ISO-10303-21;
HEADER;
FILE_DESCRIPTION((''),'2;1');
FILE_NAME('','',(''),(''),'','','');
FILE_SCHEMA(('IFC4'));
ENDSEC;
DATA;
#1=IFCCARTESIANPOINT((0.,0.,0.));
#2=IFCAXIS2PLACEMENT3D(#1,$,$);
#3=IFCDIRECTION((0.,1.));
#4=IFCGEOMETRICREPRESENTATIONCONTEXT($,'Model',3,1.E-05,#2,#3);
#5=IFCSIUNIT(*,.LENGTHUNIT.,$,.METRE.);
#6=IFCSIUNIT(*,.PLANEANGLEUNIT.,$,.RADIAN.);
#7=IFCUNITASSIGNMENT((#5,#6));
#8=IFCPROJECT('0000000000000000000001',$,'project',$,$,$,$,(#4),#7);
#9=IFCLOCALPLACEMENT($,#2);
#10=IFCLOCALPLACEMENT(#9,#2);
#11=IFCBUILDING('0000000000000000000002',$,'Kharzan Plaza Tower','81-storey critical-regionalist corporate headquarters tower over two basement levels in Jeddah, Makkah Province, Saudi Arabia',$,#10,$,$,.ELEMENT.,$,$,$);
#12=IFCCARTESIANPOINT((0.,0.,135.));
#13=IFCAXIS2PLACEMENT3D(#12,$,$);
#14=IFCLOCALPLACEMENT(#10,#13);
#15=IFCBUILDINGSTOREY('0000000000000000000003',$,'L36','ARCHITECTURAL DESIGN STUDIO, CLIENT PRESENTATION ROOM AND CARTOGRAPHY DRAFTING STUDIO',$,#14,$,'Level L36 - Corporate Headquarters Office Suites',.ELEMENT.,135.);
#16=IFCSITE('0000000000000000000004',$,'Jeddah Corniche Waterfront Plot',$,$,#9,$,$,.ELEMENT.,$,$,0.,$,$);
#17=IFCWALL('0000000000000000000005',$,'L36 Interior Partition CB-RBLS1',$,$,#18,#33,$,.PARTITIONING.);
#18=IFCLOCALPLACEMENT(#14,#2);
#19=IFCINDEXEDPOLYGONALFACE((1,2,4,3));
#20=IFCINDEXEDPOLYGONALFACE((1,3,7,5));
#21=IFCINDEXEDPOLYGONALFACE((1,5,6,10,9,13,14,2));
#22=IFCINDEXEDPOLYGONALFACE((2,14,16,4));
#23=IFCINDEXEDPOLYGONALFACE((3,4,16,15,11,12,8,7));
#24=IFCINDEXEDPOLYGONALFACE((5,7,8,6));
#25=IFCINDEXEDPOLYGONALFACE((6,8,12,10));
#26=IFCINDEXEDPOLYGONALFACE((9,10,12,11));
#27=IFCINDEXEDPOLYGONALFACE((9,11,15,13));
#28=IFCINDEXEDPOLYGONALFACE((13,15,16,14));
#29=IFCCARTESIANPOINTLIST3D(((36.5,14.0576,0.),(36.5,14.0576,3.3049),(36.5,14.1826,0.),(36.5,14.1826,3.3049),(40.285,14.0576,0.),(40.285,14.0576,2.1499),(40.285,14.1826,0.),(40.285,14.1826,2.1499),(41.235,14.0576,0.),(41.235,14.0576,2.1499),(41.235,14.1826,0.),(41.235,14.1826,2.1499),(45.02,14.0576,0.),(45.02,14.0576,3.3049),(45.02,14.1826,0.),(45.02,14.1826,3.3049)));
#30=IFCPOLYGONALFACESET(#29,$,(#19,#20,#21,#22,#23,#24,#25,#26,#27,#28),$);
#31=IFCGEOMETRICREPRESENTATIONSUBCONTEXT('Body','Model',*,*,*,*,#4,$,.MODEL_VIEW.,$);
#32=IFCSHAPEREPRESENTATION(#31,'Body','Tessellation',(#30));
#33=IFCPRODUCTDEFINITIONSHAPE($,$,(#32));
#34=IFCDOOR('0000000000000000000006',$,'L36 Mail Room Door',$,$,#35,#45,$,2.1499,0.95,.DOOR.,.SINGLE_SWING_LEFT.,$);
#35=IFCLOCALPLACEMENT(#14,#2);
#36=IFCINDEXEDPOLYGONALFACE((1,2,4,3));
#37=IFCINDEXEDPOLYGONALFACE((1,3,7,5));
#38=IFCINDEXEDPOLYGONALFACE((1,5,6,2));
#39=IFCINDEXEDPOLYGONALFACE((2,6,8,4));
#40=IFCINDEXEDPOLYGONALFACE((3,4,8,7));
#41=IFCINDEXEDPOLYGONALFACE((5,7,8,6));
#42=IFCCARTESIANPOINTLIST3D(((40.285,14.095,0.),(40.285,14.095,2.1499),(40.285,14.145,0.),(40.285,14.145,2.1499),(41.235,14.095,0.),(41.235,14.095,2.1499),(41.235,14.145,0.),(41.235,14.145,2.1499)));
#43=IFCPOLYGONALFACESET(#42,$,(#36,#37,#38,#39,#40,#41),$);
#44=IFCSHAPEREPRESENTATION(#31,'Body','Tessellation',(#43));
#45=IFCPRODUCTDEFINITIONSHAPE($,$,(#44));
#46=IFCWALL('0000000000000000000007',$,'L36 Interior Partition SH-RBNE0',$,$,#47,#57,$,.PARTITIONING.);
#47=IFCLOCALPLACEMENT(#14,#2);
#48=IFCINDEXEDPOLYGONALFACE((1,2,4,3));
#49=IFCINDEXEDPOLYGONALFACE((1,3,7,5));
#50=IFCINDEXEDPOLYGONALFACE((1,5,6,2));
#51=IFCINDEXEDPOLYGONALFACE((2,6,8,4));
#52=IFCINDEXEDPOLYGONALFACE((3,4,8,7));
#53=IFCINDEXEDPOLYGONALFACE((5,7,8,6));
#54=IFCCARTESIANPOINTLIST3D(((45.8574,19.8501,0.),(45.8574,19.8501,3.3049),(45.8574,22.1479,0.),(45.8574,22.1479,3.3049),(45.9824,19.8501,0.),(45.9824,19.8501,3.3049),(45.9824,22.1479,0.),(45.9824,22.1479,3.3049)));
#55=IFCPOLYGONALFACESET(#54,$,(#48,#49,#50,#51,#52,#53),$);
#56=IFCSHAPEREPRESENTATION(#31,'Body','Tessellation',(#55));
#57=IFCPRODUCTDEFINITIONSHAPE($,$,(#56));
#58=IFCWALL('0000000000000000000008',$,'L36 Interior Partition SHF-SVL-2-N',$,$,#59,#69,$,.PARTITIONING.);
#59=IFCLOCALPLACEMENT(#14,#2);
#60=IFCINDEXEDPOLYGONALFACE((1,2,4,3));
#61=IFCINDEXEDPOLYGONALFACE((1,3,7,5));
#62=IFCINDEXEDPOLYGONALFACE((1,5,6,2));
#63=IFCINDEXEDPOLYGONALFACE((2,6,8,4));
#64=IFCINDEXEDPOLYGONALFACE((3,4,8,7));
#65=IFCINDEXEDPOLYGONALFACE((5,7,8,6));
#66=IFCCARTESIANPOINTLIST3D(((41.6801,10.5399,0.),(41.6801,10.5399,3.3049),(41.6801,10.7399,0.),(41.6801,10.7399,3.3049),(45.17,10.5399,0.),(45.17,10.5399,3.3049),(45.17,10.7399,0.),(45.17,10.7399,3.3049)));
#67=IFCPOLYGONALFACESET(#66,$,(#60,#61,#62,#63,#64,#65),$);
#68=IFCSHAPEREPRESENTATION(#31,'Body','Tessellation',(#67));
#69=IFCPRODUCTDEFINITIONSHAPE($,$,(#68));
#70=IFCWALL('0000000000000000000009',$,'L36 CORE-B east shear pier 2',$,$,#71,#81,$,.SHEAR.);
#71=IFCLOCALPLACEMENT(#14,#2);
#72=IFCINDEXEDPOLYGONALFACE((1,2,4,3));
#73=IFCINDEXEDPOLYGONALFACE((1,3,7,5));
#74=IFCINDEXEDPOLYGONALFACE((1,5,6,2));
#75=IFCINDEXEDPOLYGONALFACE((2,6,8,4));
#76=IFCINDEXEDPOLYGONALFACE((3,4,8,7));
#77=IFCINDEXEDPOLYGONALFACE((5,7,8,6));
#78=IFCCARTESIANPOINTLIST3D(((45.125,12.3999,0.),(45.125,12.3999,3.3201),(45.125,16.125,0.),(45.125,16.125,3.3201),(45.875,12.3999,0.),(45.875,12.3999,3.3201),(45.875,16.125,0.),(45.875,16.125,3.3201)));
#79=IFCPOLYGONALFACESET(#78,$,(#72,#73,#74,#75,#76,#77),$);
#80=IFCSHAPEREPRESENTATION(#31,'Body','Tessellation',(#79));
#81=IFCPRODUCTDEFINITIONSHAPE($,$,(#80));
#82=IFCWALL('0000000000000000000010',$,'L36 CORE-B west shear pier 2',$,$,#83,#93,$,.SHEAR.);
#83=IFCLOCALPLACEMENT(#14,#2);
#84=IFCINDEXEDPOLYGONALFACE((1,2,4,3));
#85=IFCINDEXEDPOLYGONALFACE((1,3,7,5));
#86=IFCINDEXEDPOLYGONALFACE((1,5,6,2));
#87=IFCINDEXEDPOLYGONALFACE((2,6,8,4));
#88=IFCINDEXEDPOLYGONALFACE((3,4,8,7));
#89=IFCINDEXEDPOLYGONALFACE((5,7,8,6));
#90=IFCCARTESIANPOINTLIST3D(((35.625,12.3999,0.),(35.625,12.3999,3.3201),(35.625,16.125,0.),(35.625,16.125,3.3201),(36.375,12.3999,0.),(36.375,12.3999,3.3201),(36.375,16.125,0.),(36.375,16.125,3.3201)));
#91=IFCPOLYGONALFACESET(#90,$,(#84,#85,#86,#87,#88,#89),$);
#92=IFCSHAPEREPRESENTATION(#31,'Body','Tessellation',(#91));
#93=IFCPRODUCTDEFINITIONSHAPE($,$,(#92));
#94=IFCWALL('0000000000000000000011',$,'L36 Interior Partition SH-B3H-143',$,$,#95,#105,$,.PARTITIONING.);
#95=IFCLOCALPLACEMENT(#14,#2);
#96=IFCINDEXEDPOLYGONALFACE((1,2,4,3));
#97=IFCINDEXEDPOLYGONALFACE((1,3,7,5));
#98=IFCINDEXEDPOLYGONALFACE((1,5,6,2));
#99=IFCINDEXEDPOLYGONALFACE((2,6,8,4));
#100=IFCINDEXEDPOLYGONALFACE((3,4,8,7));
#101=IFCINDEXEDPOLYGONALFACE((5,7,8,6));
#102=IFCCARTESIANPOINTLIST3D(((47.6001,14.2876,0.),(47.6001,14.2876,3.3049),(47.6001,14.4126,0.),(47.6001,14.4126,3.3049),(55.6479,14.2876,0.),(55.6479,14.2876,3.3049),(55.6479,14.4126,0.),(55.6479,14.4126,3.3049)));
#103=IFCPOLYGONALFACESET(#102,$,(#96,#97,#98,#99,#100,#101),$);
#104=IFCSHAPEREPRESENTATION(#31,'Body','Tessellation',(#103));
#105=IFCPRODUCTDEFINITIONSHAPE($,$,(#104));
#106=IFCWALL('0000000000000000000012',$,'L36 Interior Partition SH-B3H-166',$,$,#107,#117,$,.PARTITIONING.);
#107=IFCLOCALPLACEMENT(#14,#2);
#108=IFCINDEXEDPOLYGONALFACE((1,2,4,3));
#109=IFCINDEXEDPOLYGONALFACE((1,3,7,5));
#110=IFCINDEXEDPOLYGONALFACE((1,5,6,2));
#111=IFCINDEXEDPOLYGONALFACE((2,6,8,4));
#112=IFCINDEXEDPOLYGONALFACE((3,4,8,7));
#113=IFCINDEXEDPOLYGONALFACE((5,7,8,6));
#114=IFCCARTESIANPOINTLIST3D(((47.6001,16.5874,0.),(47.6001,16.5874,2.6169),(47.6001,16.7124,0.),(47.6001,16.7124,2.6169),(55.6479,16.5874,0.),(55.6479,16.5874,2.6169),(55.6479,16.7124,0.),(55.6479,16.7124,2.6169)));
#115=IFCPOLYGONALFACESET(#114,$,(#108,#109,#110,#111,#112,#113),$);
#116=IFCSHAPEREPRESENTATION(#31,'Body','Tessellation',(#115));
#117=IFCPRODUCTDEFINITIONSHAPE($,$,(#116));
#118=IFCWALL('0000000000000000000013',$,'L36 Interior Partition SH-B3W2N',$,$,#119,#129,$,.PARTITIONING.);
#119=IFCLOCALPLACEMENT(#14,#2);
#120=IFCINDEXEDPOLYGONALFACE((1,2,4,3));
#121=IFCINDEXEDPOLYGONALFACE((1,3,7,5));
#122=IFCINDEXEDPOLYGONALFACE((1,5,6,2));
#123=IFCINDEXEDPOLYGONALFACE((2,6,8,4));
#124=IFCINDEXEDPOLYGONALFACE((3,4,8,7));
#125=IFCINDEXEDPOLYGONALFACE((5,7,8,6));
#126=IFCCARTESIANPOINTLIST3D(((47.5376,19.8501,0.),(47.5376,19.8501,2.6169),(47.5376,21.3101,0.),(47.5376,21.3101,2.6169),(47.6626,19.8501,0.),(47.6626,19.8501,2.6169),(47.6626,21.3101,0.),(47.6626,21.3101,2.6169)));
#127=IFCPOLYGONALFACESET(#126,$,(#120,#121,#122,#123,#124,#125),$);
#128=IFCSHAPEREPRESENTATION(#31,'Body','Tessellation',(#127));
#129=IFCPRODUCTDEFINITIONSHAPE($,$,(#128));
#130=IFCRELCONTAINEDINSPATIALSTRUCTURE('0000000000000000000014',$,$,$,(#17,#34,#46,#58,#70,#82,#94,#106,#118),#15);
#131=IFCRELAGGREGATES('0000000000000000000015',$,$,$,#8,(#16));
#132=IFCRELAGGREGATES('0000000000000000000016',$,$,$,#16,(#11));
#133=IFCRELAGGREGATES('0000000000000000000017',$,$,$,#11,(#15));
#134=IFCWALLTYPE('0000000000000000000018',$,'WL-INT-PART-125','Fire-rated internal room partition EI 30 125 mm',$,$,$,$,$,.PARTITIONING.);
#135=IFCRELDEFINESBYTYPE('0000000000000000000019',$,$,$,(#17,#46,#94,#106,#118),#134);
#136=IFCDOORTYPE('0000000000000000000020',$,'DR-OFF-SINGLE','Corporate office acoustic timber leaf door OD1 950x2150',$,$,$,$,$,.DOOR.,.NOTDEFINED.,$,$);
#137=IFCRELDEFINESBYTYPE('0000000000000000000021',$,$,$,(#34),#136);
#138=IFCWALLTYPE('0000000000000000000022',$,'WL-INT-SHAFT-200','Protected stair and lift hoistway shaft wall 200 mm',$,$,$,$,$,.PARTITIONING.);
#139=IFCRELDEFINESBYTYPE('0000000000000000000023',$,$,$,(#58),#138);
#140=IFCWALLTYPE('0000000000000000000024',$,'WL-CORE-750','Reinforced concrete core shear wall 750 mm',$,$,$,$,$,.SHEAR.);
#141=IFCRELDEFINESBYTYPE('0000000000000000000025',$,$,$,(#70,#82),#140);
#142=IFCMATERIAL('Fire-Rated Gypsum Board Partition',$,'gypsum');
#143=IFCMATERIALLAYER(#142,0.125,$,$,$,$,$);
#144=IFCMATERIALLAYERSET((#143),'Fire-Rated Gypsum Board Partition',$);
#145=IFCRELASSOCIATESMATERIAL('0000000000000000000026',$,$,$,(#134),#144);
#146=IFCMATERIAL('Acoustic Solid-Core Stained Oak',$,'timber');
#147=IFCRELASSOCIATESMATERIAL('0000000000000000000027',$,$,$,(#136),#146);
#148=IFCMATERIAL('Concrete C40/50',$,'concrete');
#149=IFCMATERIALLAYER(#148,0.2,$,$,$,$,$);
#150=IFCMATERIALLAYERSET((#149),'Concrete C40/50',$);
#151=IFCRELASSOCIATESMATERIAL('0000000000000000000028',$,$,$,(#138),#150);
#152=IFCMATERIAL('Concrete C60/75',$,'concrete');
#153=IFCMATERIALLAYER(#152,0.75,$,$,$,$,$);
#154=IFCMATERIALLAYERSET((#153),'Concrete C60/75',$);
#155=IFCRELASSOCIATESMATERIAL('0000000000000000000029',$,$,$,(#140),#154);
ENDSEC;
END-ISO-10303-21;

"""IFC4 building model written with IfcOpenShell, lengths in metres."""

from ifc_helpers import new_model, si_unit, direction, frame, frame_2d, origin, place, context, subcontext, project, spatial, rectangle, extrude, source, transform, mapped, material, layer, layer_set, type_object, element, fill, save


model = new_model("IFC4")

# Units and contexts
model_context = context("Model", 3, precision=1e-05, world=origin(), true_north=direction((0.0, 1.0)))
body_context = subcontext(model_context, "Body", "Model", "MODEL_VIEW")
ifc_project = project(units=[si_unit("LENGTHUNIT", "METRE"), si_unit("PLANEANGLEUNIT", "RADIAN")], contexts=[model_context])

# Site, building, storey
site_placement = place(None, origin())
site = spatial("IfcSite", under=ifc_project, at=site_placement, Name="Jeddah Corniche Waterfront Plot", CompositionType="ELEMENT", RefElevation=0.0)
building_placement = place(site_placement, origin())
building = spatial("IfcBuilding", under=site, at=building_placement, Name="Kharzan Plaza Tower", Description="81-storey critical-regionalist corporate headquarters tower over two basement levels in Jeddah, Makkah Province, Saudi Arabia", CompositionType="ELEMENT")
storey_placement = place(building_placement, frame((0.0, 0.0, 135.0)))
storey = spatial("IfcBuildingStorey", under=building, at=storey_placement, Name="L36", Description="ARCHITECTURAL DESIGN STUDIO, CLIENT PRESENTATION ROOM AND CARTOGRAPHY DRAFTING STUDIO", LongName="Level L36 - Corporate Headquarters Office Suites", CompositionType="ELEMENT", Elevation=135.0)

# Shared definitions
ifc_material_1 = material(Name="Concrete C60/75", Category="concrete")

# Shared definitions
ifc_material_2 = material(Name="Concrete C40/50", Category="concrete")

# Wall, opening, door
ifc_material_3 = material(Name="Fire-Rated Gypsum Board Partition", Category="gypsum")
ifc_layer_1 = layer(ifc_material_3, 0.125)
ifc_layer_set_1 = layer_set([ifc_layer_1], Name="Fire-Rated Gypsum Board Partition")
wall_type_1 = type_object("IfcWallType", Name="WL-INT-PART-125", Description="Fire-rated internal room partition EI 30 125 mm", PredefinedType="PARTITIONING", material=ifc_layer_set_1)
wall_1_placement = place(storey_placement, frame((36.5, 14.1201, 0.0), z_axis=(0.0, 0.0, 1.0), x_axis=(1.0, 0.0, 0.0)))
wall_1 = element("IfcWall", 1, at=wall_1_placement, inside=storey, type_object=wall_type_1, Name="L36 Interior Partition CB-RBLS1", PredefinedType="PARTITIONING", context=body_context, shape_type="SweptSolid", body=[
    extrude(rectangle(XDim=8.52, YDim=0.125, at=frame_2d((4.26, 0.0))), origin(), (0.0, 0.0, 1.0), 3.3049),
])
opening_1_placement = place(wall_1_placement, frame((3.7849, 0.0, 0.0)))
opening_1 = element("IfcOpeningElement", 2, at=opening_1_placement, cuts=wall_1, PredefinedType="OPENING", context=body_context, shape_type="SweptSolid", body=[
    extrude(rectangle(XDim=0.95, YDim=2.1499, at=frame_2d((0.4751, 1.075))), frame((0.0, 0.0725, 0.0), z_axis=(0.0, -1.0, 0.0), x_axis=(1.0, 0.0, 0.0)), (0.0, 0.0, 1.0), 0.145),
])
ifc_material_4 = material(Name="Acoustic Solid-Core Stained Oak", Category="timber")
door_type_1 = type_object("IfcDoorType", Name="DR-OFF-SINGLE", Description="Corporate office acoustic timber leaf door OD1 950x2150", OperationType="NOTDEFINED", PredefinedType="DOOR", material=ifc_material_4)
shared_shape_1 = source(origin(), body_context, "Body", "SweptSolid", [
    extrude(rectangle(XDim=0.95, YDim=2.1499, at=frame_2d((0.4751, 1.075))), frame((0.0, 0.0249, 0.0), z_axis=(0.0, -1.0, 0.0), x_axis=(1.0, 0.0, 0.0)), (0.0, 0.0, 1.0), 0.05),
])
door_1_placement = place(opening_1_placement, origin())
door_1 = element("IfcDoor", 3, at=door_1_placement, inside=storey, type_object=door_type_1, Name="L36 Mail Room Door", OperationType="SINGLE_SWING_LEFT", OverallHeight=2.1499, OverallWidth=0.95, PredefinedType="DOOR", context=body_context, shape_type="MappedRepresentation", body=[
    mapped(shared_shape_1, transform((0.0, 0.0, 0.0), x_axis=(1.0, 0.0, 0.0), y_axis=(0.0, 1.0, 0.0), z_axis=(0.0, 0.0, 1.0))),
])
fill(opening_1, door_1)

# Walls
shared_shape_2 = source(origin(), body_context, "Body", "SweptSolid", [
    extrude(rectangle(XDim=2.2979, YDim=0.125, at=frame_2d((1.1489, 0.0))), origin(), (0.0, 0.0, 1.0), 3.3049),
])
wall_2_placement = place(storey_placement, frame((45.9199, 19.8501, 0.0), z_axis=(0.0, 0.0, 1.0), x_axis=(0.0, 1.0, 0.0)))
element("IfcWall", 4, at=wall_2_placement, inside=storey, type_object=wall_type_1, Name="L36 Interior Partition SH-RBNE0", PredefinedType="PARTITIONING", context=body_context, shape_type="MappedRepresentation", body=[
    mapped(shared_shape_2, transform((0.0, 0.0, 0.0), x_axis=(1.0, 0.0, 0.0), y_axis=(0.0, 1.0, 0.0), z_axis=(0.0, 0.0, 1.0))),
])
ifc_layer_2 = layer(ifc_material_2, 0.2)
ifc_layer_set_2 = layer_set([ifc_layer_2], Name="Concrete C40/50")
wall_type_2 = type_object("IfcWallType", Name="WL-INT-SHAFT-200", Description="Protected stair and lift hoistway shaft wall 200 mm", PredefinedType="PARTITIONING", material=ifc_layer_set_2)
shared_shape_3 = source(origin(), body_context, "Body", "SweptSolid", [
    extrude(rectangle(XDim=3.49, YDim=0.2, at=frame_2d((1.7451, 0.0))), origin(), (0.0, 0.0, 1.0), 3.3049),
])
wall_3_placement = place(storey_placement, frame((41.6799, 10.6399, 0.0), z_axis=(0.0, 0.0, 1.0), x_axis=(1.0, 0.0, 0.0)))
element("IfcWall", 5, at=wall_3_placement, inside=storey, type_object=wall_type_2, Name="L36 Interior Partition SHF-SVL-2-N", PredefinedType="PARTITIONING", context=body_context, shape_type="MappedRepresentation", body=[
    mapped(shared_shape_3, transform((0.0, 0.0, 0.0), x_axis=(1.0, 0.0, 0.0), y_axis=(0.0, 1.0, 0.0), z_axis=(0.0, 0.0, 1.0))),
])
ifc_layer_3 = layer(ifc_material_1, 0.75)
ifc_layer_set_3 = layer_set([ifc_layer_3], Name="Concrete C60/75")
wall_type_3 = type_object("IfcWallType", Name="WL-CORE-750", Description="Reinforced concrete core shear wall 750 mm", PredefinedType="SHEAR", material=ifc_layer_set_3)
shared_shape_4 = source(origin(), body_context, "Body", "SweptSolid", [
    extrude(rectangle(XDim=3.7251, YDim=0.75, at=frame_2d((1.8625, 0.0))), origin(), (0.0, 0.0, 1.0), 3.3201),
])
for number, where, z_axis, x_axis, name in (
    (6, (45.5, 12.3999, 0.0), (0.0, 0.0, 1.0), (0.0, 1.0, 0.0), "L36 CORE-B east shear pier 2"),
    (7, (36.0, 12.3999, 0.0), (0.0, 0.0, 1.0), (0.0, 1.0, 0.0), "L36 CORE-B west shear pier 2"),
):
    element("IfcWall", number, at=place(storey_placement, frame(where, z_axis=z_axis, x_axis=x_axis)), inside=storey, type_object=wall_type_3, Name=name, PredefinedType="SHEAR", context=body_context, shape_type="MappedRepresentation", body=[
        mapped(shared_shape_4, transform((0.0, 0.0, 0.0), x_axis=(1.0, 0.0, 0.0), y_axis=(0.0, 1.0, 0.0), z_axis=(0.0, 0.0, 1.0))),
    ])
shared_shape_5 = source(origin(), body_context, "Body", "SweptSolid", [
    extrude(rectangle(XDim=8.0479, YDim=0.125, at=frame_2d((4.0239, 0.0))), origin(), (0.0, 0.0, 1.0), 3.3049),
])
wall_4_placement = place(storey_placement, frame((47.6001, 14.3501, 0.0), z_axis=(0.0, 0.0, 1.0), x_axis=(1.0, 0.0, 0.0)))
element("IfcWall", 8, at=wall_4_placement, inside=storey, type_object=wall_type_1, Name="L36 Interior Partition SH-B3H-143", PredefinedType="PARTITIONING", context=body_context, shape_type="MappedRepresentation", body=[
    mapped(shared_shape_5, transform((0.0, 0.0, 0.0), x_axis=(1.0, 0.0, 0.0), y_axis=(0.0, 1.0, 0.0), z_axis=(0.0, 0.0, 1.0))),
])
shared_shape_6 = source(origin(), body_context, "Body", "SweptSolid", [
    extrude(rectangle(XDim=8.0479, YDim=0.125, at=frame_2d((4.0239, 0.0))), origin(), (0.0, 0.0, 1.0), 2.6169),
])
wall_5_placement = place(storey_placement, frame((47.6001, 16.6499, 0.0), z_axis=(0.0, 0.0, 1.0), x_axis=(1.0, 0.0, 0.0)))
element("IfcWall", 9, at=wall_5_placement, inside=storey, type_object=wall_type_1, Name="L36 Interior Partition SH-B3H-166", PredefinedType="PARTITIONING", context=body_context, shape_type="MappedRepresentation", body=[
    mapped(shared_shape_6, transform((0.0, 0.0, 0.0), x_axis=(1.0, 0.0, 0.0), y_axis=(0.0, 1.0, 0.0), z_axis=(0.0, 0.0, 1.0))),
])
shared_shape_7 = source(origin(), body_context, "Body", "SweptSolid", [
    extrude(rectangle(XDim=1.46, YDim=0.125, at=frame_2d((0.73, 0.0))), origin(), (0.0, 0.0, 1.0), 2.6169),
])
wall_6_placement = place(storey_placement, frame((47.6001, 19.8501, 0.0), z_axis=(0.0, 0.0, 1.0), x_axis=(0.0, 1.0, 0.0)))
element("IfcWall", 10, at=wall_6_placement, inside=storey, type_object=wall_type_1, Name="L36 Interior Partition SH-B3W2N", PredefinedType="PARTITIONING", context=body_context, shape_type="MappedRepresentation", body=[
    mapped(shared_shape_7, transform((0.0, 0.0, 0.0), x_axis=(1.0, 0.0, 0.0), y_axis=(0.0, 1.0, 0.0), z_axis=(0.0, 0.0, 1.0))),
])

save(model, "model.ifc")
